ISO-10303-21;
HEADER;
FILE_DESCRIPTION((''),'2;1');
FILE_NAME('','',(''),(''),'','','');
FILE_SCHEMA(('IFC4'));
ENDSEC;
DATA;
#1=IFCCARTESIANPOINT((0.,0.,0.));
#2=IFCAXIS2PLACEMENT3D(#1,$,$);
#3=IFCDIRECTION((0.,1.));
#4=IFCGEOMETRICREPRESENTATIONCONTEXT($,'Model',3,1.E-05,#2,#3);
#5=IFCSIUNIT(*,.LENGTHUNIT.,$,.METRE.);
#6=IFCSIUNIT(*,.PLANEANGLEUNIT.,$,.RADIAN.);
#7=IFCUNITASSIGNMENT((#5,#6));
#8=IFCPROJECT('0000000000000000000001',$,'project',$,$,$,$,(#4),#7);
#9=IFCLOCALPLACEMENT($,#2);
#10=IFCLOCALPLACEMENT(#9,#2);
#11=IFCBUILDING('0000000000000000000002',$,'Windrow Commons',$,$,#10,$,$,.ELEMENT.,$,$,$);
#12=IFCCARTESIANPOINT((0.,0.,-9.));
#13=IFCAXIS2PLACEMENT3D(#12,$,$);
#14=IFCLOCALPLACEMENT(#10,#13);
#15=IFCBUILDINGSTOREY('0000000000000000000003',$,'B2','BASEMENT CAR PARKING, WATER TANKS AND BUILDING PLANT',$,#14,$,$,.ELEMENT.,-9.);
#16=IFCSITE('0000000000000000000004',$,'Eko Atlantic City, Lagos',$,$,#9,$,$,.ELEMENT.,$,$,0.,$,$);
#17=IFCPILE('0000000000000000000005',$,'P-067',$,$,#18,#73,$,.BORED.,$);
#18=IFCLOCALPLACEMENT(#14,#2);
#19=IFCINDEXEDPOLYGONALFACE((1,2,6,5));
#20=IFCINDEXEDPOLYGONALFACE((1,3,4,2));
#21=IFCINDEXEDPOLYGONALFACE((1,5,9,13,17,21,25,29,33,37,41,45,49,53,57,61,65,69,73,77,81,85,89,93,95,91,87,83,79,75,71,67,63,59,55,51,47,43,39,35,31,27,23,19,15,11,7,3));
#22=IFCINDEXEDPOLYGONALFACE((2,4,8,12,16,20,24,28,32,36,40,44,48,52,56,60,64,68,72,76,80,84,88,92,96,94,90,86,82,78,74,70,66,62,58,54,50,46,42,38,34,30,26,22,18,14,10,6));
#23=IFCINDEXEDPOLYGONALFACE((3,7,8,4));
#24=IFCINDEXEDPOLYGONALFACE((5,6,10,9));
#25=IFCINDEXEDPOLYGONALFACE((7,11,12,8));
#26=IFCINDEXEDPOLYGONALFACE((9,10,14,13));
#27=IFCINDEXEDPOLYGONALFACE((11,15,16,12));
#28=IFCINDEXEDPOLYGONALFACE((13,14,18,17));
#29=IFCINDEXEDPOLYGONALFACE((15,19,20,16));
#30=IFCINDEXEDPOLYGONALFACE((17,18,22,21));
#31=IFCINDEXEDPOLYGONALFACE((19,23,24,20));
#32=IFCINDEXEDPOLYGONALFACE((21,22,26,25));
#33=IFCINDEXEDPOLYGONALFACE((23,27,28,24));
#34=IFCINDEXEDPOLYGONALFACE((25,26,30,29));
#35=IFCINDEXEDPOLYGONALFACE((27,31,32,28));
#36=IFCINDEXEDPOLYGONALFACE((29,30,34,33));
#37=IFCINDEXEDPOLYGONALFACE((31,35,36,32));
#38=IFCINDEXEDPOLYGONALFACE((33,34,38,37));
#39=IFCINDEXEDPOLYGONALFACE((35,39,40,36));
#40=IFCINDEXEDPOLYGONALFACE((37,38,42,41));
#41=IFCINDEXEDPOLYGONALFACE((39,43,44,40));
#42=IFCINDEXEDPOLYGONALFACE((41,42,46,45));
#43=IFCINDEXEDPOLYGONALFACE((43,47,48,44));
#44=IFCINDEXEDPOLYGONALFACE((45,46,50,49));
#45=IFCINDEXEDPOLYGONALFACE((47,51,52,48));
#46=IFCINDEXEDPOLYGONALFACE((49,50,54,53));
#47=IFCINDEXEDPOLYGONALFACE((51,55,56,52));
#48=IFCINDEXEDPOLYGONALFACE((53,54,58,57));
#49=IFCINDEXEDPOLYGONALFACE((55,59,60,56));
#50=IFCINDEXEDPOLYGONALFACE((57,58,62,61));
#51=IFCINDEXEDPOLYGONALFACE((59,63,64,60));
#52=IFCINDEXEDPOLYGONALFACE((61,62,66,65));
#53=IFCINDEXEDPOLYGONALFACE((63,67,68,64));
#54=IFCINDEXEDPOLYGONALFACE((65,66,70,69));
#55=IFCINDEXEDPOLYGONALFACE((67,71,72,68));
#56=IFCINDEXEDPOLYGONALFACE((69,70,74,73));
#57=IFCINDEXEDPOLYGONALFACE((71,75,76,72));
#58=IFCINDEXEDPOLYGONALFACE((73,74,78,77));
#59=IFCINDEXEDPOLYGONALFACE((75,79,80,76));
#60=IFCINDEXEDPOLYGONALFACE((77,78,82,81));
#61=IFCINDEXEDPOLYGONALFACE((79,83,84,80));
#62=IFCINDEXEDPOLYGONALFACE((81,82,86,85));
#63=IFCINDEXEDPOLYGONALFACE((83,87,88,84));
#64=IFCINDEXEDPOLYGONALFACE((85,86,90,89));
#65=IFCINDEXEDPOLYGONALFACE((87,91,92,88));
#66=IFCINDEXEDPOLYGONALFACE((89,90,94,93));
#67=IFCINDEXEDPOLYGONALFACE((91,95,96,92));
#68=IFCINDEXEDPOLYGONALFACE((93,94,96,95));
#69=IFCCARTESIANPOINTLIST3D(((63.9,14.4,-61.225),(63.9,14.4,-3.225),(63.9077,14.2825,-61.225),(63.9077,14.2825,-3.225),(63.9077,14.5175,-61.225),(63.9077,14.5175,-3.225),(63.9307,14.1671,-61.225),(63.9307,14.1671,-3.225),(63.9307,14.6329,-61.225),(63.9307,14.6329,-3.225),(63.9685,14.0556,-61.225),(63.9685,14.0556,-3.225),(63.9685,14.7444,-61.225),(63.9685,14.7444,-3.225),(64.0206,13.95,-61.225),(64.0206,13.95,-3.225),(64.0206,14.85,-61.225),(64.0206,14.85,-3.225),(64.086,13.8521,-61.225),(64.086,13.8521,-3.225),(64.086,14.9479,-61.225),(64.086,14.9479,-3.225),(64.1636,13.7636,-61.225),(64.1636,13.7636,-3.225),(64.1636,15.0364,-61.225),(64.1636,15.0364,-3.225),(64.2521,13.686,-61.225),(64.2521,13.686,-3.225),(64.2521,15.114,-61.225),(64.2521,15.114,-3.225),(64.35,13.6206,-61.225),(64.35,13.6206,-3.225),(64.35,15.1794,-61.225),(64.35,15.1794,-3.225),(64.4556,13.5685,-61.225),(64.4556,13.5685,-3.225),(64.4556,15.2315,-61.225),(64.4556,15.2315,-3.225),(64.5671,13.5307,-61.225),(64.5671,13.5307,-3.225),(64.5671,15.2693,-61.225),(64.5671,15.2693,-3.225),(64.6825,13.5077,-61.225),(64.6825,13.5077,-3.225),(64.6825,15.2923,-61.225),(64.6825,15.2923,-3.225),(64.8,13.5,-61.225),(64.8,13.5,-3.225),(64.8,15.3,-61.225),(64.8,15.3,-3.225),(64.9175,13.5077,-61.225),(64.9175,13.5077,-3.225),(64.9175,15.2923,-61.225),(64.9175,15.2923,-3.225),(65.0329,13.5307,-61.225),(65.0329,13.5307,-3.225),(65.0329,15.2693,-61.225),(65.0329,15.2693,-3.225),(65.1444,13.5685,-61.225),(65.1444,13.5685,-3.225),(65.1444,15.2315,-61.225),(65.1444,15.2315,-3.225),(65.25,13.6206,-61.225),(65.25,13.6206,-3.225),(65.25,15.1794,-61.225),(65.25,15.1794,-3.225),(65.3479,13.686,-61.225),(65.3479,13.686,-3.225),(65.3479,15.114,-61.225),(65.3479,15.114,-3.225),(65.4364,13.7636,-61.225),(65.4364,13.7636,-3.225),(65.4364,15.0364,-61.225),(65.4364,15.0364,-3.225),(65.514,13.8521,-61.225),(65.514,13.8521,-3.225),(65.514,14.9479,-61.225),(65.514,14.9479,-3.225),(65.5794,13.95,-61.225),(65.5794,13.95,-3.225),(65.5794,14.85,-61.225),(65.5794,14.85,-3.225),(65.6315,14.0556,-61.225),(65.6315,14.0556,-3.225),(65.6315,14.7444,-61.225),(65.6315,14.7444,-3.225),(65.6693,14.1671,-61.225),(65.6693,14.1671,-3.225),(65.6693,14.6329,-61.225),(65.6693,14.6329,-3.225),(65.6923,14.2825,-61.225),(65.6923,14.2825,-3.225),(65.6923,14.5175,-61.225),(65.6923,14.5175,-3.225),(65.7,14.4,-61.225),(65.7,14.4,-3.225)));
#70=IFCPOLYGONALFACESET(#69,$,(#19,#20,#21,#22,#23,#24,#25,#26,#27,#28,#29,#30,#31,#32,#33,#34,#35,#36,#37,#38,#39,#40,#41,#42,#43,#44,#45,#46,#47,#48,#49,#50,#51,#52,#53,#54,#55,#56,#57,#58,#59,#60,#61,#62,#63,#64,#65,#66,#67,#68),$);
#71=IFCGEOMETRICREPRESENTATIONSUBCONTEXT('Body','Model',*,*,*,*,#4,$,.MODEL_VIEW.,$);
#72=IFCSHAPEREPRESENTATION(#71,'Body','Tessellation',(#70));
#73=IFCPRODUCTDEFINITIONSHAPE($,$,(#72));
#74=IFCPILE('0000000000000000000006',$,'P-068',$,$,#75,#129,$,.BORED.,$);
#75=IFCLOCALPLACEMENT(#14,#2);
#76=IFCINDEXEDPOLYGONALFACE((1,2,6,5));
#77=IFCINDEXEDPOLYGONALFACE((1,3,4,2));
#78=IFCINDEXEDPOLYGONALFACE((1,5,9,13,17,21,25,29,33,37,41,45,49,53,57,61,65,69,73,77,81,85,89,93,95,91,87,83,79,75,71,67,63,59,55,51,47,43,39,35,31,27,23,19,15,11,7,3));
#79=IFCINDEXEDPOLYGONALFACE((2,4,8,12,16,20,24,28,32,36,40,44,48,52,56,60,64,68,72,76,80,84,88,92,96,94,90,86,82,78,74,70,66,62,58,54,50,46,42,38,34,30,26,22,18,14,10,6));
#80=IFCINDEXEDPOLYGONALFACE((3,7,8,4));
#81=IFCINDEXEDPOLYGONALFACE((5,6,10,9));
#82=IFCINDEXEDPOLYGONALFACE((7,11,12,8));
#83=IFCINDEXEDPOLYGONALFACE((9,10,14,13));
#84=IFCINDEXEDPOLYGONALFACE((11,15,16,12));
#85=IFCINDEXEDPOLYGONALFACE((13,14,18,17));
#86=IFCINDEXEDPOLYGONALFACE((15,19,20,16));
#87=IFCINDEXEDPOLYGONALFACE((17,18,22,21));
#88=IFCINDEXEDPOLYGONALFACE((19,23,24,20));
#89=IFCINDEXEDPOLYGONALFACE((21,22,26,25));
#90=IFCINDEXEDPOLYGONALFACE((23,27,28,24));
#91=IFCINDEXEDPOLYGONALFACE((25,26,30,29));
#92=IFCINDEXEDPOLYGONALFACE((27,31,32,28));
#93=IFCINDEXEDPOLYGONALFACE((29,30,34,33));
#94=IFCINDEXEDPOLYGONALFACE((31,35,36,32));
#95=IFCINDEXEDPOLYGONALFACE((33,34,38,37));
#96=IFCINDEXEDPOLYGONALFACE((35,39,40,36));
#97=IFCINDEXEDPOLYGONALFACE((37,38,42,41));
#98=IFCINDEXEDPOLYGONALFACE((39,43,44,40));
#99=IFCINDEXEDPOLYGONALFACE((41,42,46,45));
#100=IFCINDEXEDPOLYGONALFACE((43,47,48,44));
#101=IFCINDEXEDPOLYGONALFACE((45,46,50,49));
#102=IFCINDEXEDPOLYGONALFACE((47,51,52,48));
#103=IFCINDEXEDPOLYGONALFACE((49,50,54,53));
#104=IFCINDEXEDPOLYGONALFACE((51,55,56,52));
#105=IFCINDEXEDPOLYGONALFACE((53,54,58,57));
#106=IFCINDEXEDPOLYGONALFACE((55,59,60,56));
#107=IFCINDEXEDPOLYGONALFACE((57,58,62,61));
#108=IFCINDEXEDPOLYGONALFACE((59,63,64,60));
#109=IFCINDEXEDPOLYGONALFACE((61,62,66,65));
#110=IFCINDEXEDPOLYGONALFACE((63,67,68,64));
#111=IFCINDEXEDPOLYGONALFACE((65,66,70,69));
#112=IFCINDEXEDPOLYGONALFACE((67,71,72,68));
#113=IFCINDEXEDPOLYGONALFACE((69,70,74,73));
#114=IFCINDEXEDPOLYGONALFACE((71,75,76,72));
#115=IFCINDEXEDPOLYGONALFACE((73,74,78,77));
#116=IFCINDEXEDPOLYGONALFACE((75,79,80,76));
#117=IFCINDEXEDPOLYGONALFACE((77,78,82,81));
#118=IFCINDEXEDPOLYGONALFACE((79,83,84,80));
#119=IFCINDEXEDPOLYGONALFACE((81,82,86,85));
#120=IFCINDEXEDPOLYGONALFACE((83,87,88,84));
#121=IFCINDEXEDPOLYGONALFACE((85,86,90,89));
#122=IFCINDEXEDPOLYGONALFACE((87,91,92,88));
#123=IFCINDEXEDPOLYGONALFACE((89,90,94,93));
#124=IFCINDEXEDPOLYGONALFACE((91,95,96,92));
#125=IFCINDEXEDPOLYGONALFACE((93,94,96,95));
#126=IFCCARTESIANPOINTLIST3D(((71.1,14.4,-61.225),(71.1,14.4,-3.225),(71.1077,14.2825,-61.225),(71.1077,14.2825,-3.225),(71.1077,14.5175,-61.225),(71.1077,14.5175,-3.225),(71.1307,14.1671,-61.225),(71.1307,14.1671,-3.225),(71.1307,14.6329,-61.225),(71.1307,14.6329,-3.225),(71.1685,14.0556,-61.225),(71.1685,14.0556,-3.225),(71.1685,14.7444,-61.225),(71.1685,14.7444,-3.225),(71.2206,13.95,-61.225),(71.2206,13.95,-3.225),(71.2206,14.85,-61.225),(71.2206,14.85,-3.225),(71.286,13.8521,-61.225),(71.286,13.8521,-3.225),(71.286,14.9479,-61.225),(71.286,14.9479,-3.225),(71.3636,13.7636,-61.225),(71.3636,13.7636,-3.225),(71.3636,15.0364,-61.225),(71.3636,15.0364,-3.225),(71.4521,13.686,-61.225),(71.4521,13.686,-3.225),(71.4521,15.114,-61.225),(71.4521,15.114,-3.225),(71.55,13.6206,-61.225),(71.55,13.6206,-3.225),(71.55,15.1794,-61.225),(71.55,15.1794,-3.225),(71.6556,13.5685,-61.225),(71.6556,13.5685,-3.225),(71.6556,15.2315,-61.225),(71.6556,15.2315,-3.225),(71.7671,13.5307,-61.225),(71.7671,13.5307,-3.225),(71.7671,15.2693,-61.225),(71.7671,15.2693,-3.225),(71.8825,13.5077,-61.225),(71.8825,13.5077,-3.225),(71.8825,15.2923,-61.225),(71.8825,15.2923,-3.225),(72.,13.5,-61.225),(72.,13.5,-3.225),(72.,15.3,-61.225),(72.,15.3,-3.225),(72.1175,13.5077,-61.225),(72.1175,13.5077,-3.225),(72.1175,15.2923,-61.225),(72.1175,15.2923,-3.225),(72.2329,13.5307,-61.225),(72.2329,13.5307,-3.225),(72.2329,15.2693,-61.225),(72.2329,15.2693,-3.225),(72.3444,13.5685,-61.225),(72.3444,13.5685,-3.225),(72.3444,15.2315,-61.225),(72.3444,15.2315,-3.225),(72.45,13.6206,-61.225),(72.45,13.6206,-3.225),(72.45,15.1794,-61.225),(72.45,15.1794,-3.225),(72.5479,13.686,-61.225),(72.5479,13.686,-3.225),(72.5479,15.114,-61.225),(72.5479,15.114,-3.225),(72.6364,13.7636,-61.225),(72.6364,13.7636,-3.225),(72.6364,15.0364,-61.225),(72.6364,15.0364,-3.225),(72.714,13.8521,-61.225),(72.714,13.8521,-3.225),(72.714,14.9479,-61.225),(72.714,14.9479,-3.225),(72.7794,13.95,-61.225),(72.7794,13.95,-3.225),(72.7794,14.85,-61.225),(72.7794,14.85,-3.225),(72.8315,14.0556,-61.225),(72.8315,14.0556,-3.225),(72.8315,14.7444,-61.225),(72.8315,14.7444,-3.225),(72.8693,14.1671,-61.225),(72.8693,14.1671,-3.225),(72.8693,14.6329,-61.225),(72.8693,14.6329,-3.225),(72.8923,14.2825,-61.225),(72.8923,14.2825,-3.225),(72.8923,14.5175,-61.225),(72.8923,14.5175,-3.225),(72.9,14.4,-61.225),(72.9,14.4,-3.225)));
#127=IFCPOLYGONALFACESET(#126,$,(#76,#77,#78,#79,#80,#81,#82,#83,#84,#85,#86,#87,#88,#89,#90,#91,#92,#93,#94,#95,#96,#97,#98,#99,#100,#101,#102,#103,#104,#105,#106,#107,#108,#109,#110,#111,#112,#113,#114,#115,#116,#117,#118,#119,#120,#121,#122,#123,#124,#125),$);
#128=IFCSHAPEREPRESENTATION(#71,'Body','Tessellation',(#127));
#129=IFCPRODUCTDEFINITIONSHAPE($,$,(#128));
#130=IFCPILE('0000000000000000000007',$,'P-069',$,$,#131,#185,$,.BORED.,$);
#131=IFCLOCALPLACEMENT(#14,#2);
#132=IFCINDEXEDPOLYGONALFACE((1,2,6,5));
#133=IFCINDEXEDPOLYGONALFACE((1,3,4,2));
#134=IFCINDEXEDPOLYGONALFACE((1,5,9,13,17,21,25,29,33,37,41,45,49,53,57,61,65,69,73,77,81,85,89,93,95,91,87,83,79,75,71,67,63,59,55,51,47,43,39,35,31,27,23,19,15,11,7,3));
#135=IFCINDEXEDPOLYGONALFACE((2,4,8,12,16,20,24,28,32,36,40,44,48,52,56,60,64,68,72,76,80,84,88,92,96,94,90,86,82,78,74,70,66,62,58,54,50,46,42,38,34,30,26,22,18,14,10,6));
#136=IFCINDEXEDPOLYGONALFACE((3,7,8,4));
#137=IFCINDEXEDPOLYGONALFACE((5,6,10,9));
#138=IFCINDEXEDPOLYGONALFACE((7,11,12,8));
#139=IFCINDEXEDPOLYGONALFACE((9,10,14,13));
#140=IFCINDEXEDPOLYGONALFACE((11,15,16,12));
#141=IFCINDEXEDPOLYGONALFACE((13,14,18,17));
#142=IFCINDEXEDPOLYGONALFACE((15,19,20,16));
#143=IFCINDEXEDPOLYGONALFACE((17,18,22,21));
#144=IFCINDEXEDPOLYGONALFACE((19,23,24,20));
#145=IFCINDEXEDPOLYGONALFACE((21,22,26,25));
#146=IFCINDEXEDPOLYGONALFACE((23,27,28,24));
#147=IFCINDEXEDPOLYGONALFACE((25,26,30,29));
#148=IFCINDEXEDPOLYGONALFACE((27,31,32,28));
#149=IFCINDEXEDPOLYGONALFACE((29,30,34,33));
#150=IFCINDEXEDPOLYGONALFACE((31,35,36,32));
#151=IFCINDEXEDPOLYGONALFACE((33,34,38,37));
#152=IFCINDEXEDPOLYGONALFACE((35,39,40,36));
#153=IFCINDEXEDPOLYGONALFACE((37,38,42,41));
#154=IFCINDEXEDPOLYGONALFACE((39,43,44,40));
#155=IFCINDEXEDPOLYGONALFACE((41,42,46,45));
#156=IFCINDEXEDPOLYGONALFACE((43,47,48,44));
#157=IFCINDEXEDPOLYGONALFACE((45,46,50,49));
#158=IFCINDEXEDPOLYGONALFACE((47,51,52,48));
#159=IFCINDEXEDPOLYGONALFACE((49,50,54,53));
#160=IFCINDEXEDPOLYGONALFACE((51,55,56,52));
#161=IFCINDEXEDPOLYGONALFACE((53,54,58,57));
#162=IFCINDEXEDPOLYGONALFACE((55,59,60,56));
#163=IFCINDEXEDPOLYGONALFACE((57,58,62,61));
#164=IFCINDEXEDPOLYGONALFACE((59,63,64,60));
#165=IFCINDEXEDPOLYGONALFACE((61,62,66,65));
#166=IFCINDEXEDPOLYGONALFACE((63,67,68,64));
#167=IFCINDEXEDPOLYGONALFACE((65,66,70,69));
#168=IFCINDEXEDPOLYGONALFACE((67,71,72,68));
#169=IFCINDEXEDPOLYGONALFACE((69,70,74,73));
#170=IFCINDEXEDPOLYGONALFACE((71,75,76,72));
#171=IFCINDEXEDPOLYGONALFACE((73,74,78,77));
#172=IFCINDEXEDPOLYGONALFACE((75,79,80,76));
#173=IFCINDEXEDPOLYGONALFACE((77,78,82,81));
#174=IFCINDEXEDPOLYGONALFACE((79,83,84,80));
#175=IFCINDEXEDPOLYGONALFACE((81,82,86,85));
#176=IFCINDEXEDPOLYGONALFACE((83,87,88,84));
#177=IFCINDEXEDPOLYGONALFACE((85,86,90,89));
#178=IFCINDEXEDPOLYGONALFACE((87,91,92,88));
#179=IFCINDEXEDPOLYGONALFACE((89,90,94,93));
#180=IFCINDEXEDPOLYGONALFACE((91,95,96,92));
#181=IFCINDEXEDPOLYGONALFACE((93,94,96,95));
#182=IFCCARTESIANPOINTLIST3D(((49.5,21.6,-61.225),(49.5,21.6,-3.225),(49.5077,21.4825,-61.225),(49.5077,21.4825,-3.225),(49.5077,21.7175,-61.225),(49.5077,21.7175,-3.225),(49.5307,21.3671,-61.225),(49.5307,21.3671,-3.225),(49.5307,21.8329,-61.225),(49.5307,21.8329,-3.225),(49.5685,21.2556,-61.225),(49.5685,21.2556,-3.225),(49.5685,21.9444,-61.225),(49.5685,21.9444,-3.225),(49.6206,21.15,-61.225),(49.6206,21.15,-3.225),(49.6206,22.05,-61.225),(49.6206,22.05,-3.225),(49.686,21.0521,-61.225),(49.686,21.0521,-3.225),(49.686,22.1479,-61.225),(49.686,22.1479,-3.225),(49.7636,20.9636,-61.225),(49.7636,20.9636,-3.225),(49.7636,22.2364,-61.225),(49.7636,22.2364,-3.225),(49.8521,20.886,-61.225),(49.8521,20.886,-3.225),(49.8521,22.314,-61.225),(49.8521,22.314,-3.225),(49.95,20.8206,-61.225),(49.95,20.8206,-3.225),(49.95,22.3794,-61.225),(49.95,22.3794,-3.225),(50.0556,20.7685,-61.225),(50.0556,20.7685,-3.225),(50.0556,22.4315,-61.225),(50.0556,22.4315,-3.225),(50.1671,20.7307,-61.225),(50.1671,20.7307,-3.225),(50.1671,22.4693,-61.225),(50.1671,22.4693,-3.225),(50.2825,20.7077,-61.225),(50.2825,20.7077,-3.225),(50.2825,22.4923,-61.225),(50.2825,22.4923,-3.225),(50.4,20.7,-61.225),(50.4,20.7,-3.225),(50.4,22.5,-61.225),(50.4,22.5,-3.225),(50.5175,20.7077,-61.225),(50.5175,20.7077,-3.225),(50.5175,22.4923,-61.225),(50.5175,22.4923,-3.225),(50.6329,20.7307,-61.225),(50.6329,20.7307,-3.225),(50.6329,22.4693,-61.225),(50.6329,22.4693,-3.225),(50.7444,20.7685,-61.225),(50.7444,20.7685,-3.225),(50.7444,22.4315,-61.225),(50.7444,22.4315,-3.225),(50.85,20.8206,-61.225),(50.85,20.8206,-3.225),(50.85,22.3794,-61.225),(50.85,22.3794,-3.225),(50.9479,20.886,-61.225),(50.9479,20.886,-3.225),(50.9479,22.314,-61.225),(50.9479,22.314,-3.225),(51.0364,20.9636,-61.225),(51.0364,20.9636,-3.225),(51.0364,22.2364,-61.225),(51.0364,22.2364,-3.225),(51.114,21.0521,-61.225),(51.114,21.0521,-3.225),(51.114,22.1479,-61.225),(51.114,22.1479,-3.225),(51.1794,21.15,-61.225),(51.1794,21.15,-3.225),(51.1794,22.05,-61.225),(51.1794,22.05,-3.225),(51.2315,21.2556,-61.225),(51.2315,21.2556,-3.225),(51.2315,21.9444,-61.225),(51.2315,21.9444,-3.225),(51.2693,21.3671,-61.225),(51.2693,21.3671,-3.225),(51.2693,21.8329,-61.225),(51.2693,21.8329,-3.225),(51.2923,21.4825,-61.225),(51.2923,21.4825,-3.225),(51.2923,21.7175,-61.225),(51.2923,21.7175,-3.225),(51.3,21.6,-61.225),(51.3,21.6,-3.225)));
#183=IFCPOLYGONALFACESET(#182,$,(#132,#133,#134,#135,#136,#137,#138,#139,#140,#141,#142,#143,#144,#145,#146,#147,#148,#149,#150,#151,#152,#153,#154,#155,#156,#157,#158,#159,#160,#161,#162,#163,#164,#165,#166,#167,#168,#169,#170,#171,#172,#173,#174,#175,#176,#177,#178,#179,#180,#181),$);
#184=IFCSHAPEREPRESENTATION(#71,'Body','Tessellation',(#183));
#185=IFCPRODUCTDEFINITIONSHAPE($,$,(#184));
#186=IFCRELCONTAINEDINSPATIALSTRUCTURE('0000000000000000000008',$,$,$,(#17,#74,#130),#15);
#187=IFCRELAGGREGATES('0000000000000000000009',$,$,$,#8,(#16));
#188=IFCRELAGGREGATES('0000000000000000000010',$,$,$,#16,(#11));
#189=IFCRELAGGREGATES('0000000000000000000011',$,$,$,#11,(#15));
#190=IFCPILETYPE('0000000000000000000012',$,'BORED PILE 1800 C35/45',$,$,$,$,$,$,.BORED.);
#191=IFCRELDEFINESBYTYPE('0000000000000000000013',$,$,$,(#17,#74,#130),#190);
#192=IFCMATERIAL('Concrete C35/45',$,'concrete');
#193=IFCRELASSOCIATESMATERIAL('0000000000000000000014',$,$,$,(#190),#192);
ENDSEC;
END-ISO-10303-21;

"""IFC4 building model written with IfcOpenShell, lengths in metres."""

from ifc_helpers import new_model, si_unit, direction, frame, origin, origin_2d, place, context, subcontext, project, spatial, circle, extrude, material, material_profile, profile_set, type_object, element, save


model = new_model("IFC4")

# Units and contexts
model_context = context("Model", 3, precision=1e-05, world=origin(), true_north=direction((0.0, 1.0)))
body_context = subcontext(model_context, "Body", "Model", "MODEL_VIEW")
ifc_project = project(units=[si_unit("LENGTHUNIT", "METRE"), si_unit("PLANEANGLEUNIT", "RADIAN")], contexts=[model_context])

# Site, building, storey
site_placement = place(None, origin())
site = spatial("IfcSite", under=ifc_project, at=site_placement, Name="Eko Atlantic City, Lagos", CompositionType="ELEMENT", RefElevation=0.0)
building_placement = place(site_placement, origin())
building = spatial("IfcBuilding", under=site, at=building_placement, Name="Windrow Commons", CompositionType="ELEMENT")
storey_placement = place(building_placement, frame((0.0, 0.0, -9.0)))
storey = spatial("IfcBuildingStorey", under=building, at=storey_placement, Name="B2", Description="BASEMENT CAR PARKING, WATER TANKS AND BUILDING PLANT", CompositionType="ELEMENT", Elevation=-9.0)

# Piles
ifc_material_1 = material(Name="Concrete C35/45", Category="concrete")
ifc_material_profile_1 = material_profile(ifc_material_1, circle(Radius=0.9, at=origin_2d()))
ifc_profile_set_1 = profile_set([ifc_material_profile_1], Name="Concrete C35/45")
pile_type = type_object("IfcPileType", Name="BORED PILE 1800 C35/45", PredefinedType="BORED", material=ifc_profile_set_1)
for number, where, z_axis, x_axis, name in (
    (1, (64.8, 14.4, -3.225), (0.0, 0.0, -1.0), (1.0, 0.0, 0.0), "P-067"),
    (2, (72.0, 14.4, -3.225), (0.0, 0.0, -1.0), (1.0, 0.0, 0.0), "P-068"),
    (3, (50.4, 21.6, -3.225), (0.0, 0.0, -1.0), (1.0, 0.0, 0.0), "P-069"),
):
    element("IfcPile", number, at=place(storey_placement, frame(where, z_axis=z_axis, x_axis=x_axis)), inside=storey, type_object=pile_type, Name=name, PredefinedType="BORED", context=body_context, shape_type="SweptSolid", body=[
        extrude(circle(Radius=0.9, at=origin_2d()), origin(), (0.0, 0.0, 1.0), 58.0),
    ])

save(model, "model.ifc")
